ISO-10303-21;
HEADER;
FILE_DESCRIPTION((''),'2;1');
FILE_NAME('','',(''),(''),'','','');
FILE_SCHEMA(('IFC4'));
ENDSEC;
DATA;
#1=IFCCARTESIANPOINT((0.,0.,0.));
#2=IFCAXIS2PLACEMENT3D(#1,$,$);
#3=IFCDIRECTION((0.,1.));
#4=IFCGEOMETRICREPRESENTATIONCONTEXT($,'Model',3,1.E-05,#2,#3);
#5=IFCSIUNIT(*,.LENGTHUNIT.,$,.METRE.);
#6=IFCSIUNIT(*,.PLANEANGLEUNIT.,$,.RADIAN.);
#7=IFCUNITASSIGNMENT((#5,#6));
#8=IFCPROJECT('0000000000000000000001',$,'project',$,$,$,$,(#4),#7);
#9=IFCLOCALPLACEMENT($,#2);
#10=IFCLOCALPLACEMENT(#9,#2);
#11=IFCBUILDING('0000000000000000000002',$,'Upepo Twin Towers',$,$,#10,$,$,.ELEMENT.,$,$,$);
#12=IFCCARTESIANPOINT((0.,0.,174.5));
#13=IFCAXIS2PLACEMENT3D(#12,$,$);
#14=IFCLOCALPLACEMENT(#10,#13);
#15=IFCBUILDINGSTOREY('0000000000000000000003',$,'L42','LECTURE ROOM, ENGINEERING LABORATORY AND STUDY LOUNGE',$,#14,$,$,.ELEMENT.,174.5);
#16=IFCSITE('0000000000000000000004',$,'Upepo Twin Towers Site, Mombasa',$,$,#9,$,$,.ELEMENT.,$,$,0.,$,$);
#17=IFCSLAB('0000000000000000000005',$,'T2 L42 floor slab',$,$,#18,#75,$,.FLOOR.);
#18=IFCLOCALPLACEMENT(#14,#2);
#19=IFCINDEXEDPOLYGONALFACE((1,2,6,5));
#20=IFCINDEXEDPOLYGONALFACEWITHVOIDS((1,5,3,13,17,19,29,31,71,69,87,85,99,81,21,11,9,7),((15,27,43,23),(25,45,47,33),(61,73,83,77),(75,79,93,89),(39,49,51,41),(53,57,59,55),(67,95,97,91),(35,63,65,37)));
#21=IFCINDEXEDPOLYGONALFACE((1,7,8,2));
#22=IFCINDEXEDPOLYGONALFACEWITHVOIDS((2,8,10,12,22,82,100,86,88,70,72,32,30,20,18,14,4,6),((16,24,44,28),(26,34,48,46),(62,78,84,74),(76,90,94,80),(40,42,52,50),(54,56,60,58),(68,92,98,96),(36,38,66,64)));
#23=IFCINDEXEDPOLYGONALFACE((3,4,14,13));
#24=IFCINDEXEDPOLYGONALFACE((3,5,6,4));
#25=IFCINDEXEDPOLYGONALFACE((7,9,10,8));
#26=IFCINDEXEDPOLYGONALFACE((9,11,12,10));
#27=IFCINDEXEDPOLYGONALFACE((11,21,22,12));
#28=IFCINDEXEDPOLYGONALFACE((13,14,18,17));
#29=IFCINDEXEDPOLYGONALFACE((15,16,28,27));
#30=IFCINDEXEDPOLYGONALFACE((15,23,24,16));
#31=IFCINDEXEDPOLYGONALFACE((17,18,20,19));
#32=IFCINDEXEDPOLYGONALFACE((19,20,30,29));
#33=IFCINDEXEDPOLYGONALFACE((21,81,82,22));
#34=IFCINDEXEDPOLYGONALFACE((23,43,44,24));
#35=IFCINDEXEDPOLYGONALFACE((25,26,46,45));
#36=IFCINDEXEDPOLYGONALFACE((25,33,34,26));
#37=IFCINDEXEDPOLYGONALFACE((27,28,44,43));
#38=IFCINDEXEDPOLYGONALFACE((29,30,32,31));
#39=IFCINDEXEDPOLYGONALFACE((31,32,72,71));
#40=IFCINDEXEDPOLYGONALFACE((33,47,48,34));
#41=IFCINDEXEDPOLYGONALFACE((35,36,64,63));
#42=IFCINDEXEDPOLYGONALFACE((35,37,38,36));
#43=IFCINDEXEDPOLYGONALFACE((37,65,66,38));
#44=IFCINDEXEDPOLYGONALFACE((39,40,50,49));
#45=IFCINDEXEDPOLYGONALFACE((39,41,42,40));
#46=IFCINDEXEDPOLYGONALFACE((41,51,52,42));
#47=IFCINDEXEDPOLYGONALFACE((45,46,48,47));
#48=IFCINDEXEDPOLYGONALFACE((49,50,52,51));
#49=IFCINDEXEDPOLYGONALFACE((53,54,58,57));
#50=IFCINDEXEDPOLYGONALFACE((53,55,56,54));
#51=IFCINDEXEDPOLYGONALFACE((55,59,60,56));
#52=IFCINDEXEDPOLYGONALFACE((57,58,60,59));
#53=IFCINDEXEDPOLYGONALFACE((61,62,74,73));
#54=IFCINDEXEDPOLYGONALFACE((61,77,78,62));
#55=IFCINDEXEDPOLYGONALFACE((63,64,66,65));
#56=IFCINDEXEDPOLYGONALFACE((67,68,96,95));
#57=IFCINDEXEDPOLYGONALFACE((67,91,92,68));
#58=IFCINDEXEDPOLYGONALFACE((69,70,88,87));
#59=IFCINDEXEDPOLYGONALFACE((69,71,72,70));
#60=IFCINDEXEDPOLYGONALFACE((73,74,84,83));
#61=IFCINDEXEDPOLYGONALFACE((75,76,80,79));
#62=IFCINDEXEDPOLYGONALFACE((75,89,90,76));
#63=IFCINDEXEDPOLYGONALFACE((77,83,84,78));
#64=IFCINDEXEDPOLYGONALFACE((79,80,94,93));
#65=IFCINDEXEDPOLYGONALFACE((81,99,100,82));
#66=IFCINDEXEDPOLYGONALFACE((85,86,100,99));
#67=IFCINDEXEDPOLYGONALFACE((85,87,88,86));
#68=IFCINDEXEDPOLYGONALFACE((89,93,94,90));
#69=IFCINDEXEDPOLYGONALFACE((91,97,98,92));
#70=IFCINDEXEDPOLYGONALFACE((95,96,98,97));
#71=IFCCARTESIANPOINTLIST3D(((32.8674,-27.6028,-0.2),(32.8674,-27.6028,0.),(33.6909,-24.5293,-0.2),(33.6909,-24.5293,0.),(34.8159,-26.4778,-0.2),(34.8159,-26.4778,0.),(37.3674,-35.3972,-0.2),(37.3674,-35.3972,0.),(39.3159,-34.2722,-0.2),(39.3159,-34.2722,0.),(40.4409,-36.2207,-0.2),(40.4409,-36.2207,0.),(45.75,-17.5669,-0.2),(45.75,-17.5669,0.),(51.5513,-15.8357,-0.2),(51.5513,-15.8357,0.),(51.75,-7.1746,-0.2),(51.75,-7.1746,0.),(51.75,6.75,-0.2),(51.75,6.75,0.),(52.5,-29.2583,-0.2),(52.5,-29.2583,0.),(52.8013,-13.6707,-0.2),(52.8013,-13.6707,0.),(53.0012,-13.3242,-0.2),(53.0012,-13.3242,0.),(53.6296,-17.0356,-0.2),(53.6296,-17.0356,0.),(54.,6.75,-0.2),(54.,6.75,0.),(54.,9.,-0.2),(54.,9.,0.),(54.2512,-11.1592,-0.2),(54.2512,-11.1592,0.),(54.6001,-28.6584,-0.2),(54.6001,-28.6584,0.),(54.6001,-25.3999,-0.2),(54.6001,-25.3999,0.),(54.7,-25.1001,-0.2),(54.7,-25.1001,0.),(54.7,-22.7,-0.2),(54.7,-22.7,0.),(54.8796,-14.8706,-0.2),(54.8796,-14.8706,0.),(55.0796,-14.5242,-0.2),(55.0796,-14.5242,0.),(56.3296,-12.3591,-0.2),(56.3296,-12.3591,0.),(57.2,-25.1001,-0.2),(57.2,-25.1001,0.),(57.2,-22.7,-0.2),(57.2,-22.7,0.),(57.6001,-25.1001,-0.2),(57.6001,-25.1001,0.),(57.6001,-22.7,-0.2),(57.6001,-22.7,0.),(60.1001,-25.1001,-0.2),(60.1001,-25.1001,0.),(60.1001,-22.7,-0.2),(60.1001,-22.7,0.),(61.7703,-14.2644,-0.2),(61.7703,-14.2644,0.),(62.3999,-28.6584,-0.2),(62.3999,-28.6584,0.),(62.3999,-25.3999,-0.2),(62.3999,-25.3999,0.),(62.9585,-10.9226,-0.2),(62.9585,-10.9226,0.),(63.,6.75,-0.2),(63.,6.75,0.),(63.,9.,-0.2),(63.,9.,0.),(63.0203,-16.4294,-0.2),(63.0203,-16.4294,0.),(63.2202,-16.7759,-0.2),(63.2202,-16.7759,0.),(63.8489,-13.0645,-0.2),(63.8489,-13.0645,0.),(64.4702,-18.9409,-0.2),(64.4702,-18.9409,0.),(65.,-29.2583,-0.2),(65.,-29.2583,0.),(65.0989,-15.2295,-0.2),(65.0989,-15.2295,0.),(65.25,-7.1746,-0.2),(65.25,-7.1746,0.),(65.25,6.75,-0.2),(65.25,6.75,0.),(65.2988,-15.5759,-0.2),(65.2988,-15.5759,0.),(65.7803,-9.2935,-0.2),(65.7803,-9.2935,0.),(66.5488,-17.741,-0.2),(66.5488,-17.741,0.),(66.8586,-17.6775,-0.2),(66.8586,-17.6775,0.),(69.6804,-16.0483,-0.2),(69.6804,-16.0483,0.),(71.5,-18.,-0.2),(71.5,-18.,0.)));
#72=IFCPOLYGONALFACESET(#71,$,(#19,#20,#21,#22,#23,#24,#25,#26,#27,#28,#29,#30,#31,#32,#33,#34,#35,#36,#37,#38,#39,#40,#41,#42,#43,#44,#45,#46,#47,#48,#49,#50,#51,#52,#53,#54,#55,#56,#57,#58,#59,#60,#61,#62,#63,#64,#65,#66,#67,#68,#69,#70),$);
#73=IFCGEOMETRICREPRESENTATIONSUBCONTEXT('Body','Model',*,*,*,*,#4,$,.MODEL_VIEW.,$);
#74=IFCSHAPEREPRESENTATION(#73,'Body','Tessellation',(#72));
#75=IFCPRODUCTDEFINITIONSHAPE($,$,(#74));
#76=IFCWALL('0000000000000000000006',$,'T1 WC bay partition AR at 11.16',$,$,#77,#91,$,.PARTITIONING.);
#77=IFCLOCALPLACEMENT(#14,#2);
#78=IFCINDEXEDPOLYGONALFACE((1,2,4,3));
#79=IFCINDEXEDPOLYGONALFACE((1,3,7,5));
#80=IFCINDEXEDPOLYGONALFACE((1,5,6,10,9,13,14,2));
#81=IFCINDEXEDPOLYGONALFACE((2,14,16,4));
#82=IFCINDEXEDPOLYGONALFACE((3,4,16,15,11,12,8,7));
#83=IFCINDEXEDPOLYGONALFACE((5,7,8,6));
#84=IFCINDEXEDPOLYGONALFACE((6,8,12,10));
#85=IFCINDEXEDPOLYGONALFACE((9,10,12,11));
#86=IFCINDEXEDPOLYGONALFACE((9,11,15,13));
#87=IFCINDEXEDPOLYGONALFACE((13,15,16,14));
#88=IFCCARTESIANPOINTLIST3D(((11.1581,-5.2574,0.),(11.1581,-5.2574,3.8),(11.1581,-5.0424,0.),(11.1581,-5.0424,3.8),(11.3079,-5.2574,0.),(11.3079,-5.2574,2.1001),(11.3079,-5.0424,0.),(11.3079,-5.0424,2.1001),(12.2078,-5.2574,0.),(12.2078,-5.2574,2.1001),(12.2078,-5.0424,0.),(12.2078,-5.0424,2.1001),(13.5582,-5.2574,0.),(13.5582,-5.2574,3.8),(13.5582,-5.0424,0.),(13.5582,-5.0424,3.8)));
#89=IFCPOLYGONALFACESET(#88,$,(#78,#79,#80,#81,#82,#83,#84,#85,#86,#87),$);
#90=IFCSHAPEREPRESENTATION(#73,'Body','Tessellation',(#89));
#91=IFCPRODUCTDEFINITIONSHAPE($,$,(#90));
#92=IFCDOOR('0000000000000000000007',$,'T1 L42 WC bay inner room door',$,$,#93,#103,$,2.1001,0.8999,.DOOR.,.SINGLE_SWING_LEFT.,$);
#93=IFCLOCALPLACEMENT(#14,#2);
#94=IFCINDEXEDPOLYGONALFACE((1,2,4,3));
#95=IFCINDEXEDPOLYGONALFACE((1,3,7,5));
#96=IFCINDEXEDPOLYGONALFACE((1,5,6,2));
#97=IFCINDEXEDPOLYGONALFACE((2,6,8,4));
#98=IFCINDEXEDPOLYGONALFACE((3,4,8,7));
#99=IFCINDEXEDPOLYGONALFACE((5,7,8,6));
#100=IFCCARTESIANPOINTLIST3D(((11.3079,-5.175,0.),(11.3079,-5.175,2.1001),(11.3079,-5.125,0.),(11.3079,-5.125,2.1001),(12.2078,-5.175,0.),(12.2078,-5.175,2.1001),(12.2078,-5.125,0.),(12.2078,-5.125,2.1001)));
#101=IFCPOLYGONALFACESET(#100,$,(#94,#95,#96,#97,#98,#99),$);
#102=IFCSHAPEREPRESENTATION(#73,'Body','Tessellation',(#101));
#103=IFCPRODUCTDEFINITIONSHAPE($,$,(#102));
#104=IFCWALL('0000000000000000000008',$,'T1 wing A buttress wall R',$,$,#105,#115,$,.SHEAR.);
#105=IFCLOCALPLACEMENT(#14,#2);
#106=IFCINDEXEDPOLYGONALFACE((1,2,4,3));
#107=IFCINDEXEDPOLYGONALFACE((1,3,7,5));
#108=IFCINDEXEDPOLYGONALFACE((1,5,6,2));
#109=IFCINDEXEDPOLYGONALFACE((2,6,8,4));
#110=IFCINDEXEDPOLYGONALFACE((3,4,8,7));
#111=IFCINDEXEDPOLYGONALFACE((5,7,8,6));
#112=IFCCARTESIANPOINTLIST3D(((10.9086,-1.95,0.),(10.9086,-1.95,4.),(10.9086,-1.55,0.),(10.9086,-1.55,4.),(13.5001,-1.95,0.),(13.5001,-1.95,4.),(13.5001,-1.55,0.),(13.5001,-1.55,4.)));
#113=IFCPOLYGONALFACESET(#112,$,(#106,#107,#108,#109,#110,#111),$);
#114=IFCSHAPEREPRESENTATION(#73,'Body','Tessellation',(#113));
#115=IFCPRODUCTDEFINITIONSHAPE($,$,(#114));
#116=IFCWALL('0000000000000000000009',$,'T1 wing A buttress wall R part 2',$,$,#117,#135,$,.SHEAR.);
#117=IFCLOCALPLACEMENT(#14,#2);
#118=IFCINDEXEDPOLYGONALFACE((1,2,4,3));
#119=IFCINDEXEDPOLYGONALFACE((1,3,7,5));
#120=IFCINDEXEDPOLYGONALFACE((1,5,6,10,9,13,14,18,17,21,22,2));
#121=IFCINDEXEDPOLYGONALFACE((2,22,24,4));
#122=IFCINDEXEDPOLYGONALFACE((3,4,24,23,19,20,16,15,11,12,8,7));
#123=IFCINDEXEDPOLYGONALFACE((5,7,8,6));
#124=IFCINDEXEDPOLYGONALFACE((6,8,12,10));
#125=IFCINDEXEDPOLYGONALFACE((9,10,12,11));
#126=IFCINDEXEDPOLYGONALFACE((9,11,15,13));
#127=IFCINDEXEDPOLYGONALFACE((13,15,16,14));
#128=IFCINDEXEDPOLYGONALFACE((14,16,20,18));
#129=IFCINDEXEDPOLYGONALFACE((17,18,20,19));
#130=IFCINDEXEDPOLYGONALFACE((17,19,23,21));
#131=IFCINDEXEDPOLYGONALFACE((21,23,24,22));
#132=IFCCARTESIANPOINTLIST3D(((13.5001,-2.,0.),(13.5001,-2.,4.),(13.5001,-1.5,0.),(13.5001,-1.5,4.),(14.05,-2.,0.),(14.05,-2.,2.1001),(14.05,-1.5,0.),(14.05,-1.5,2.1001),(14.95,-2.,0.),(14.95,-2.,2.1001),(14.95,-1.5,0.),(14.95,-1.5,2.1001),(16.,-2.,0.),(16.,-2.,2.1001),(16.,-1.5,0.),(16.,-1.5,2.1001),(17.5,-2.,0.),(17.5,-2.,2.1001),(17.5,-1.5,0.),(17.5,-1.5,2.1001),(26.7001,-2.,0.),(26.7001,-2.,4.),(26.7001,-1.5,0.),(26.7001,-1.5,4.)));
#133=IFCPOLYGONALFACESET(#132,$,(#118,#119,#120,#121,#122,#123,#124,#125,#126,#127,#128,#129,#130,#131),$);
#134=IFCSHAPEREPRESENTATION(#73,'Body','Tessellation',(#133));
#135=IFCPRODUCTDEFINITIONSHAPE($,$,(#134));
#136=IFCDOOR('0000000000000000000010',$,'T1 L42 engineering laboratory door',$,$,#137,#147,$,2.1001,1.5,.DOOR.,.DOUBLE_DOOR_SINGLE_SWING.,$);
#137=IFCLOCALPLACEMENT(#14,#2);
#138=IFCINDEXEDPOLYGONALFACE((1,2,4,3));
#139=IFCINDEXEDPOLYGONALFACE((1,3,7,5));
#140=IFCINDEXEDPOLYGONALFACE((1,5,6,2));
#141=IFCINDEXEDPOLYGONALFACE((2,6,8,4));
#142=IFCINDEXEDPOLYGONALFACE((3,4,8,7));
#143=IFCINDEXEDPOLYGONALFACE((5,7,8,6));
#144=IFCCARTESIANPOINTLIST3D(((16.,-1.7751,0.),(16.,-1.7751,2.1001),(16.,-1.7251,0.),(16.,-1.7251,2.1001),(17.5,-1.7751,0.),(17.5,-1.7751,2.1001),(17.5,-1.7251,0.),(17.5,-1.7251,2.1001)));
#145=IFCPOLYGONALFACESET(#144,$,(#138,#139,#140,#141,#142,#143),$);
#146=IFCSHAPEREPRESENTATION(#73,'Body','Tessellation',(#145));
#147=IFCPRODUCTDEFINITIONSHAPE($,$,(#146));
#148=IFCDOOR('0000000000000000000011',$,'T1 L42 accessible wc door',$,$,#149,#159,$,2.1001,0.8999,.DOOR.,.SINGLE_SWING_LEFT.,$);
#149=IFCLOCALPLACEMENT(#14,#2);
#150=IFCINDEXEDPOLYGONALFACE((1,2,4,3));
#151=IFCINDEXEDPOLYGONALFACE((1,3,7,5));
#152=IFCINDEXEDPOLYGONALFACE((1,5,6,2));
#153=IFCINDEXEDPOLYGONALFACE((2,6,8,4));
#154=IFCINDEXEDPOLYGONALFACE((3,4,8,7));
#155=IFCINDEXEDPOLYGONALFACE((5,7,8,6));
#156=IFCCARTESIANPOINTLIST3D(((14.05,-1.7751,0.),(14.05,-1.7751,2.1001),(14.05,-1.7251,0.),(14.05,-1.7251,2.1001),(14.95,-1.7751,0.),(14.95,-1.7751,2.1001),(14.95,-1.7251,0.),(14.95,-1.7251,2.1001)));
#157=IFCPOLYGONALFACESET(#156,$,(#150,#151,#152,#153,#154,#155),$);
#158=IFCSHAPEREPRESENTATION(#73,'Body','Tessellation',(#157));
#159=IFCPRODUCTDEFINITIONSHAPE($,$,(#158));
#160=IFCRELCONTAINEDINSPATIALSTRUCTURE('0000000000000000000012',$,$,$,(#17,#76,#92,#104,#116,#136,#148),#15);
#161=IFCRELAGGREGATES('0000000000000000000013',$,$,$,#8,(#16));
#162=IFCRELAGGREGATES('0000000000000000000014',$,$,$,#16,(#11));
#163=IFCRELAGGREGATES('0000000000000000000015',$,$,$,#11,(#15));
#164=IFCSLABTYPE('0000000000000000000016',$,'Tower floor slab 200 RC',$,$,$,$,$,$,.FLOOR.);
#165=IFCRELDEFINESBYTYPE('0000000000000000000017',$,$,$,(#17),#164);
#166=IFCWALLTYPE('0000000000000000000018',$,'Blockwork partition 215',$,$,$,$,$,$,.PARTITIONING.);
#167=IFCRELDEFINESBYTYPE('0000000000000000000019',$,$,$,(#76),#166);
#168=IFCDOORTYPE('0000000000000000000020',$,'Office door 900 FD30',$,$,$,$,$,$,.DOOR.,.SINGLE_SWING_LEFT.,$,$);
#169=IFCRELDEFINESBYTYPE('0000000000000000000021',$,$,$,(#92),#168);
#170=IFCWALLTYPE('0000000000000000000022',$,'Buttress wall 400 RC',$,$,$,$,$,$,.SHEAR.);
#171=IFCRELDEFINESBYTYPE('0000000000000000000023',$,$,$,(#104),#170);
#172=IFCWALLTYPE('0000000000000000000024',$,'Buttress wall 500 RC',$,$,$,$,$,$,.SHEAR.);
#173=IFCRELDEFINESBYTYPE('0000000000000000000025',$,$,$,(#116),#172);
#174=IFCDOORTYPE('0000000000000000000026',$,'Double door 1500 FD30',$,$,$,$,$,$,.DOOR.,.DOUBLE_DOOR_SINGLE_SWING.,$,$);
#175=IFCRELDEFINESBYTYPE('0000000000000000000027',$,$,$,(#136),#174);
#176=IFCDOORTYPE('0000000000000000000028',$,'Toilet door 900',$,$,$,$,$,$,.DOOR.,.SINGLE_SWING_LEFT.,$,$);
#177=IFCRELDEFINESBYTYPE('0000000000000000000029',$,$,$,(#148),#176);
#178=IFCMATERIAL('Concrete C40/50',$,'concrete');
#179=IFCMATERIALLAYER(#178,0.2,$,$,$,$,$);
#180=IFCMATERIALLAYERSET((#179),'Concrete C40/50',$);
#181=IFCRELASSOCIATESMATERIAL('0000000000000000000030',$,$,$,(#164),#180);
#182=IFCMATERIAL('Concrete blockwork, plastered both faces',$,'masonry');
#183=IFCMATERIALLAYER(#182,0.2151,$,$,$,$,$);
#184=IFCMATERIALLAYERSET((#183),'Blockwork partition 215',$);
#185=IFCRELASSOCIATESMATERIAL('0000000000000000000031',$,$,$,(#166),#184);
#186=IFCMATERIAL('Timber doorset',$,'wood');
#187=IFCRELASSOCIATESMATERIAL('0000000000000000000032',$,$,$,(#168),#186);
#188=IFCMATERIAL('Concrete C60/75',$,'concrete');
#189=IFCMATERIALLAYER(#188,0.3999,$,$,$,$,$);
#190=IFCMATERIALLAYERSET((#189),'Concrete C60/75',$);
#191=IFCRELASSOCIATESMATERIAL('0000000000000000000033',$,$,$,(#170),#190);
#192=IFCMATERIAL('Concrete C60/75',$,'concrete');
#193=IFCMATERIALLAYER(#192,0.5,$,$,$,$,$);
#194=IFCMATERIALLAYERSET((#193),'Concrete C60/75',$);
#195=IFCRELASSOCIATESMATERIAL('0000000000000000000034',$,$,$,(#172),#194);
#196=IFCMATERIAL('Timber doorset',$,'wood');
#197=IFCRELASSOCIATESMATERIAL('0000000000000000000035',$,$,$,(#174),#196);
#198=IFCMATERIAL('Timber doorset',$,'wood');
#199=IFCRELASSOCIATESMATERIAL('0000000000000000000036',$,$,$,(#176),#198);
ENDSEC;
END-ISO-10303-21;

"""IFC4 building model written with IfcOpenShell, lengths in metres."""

from ifc_helpers import new_model, si_unit, direction, frame, frame_2d, origin, place, context, subcontext, project, spatial, polyline, rectangle, outline, extrude, material, layer, layer_set, type_object, element, fill, save


model = new_model("IFC4")

# Units and contexts
model_context = context("Model", 3, precision=1e-05, world=origin(), true_north=direction((0.0, 1.0)))
body_context = subcontext(model_context, "Body", "Model", "MODEL_VIEW")
ifc_project = project(units=[si_unit("LENGTHUNIT", "METRE"), si_unit("PLANEANGLEUNIT", "RADIAN")], contexts=[model_context])

# Site, building, storey
site_placement = place(None, origin())
site = spatial("IfcSite", under=ifc_project, at=site_placement, Name="Upepo Twin Towers Site, Mombasa", CompositionType="ELEMENT", RefElevation=0.0)
building_placement = place(site_placement, origin())
building = spatial("IfcBuilding", under=site, at=building_placement, Name="Upepo Twin Towers", CompositionType="ELEMENT")
storey_placement = place(building_placement, frame((0.0, 0.0, 174.5)))
storey = spatial("IfcBuildingStorey", under=building, at=storey_placement, Name="L42", Description="LECTURE ROOM, ENGINEERING LABORATORY AND STUDY LOUNGE", CompositionType="ELEMENT", Elevation=174.5)

# Slab
ifc_material_1 = material(Name="Concrete C40/50", Category="concrete")
ifc_layer_1 = layer(ifc_material_1, 0.2)
ifc_layer_set_1 = layer_set([ifc_layer_1], Name="Concrete C40/50")
slab_type_1 = type_object("IfcSlabType", Name="Tower floor slab 200 RC", PredefinedType="FLOOR", material=ifc_layer_set_1)
slab_1_placement = place(storey_placement, frame((0.0, 0.0, -0.2)))
element("IfcSlab", 1, at=slab_1_placement, inside=storey, type_object=slab_type_1, Name="T2 L42 floor slab", PredefinedType="FLOOR", context=body_context, shape_type="SweptSolid", body=[
    extrude(outline(polyline([(51.75, -7.1746), (51.75, 6.75), (54.0, 6.75), (54.0, 9.0), (63.0, 9.0), (63.0, 6.75), (65.25, 6.75), (65.25, -7.1746), (71.5, -18.0), (65.0, -29.2583), (52.5, -29.2583), (40.4409, -36.2207), (39.3159, -34.2722), (37.3674, -35.3972), (32.8674, -27.6028), (34.8159, -26.4778), (33.6909, -24.5293), (45.75, -17.5669), (51.75, -7.1746)]), holes=[polyline([(56.3296, -12.3591), (54.2512, -11.1592), (53.0012, -13.3242), (55.0796, -14.5242), (56.3296, -12.3591)]), polyline([(54.8796, -14.8706), (52.8013, -13.6707), (51.5513, -15.8357), (53.6296, -17.0356), (54.8796, -14.8706)]), polyline([(54.7, -22.7), (54.7, -25.1001), (57.2, -25.1001), (57.2, -22.7), (54.7, -22.7)]), polyline([(57.6001, -22.7), (57.6001, -25.1001), (60.1001, -25.1001), (60.1001, -22.7), (57.6001, -22.7)]), polyline([(54.6001, -25.3999), (54.6001, -28.6584), (62.3999, -28.6584), (62.3999, -25.3999), (54.6001, -25.3999)]), polyline([(64.4702, -18.9409), (66.5488, -17.741), (65.2988, -15.5759), (63.2202, -16.7759), (64.4702, -18.9409)]), polyline([(63.0203, -16.4294), (65.0989, -15.2295), (63.8489, -13.0645), (61.7703, -14.2644), (63.0203, -16.4294)]), polyline([(66.8586, -17.6775), (69.6804, -16.0483), (65.7803, -9.2935), (62.9585, -10.9226), (66.8586, -17.6775)])]), origin(), (0.0, 0.0, 1.0), 0.2),
])

# Wall, opening, door
ifc_material_2 = material(Name="Concrete blockwork, plastered both faces", Category="masonry")
ifc_layer_2 = layer(ifc_material_2, 0.2151)
ifc_layer_set_2 = layer_set([ifc_layer_2], Name="Blockwork partition 215")
wall_type_1 = type_object("IfcWallType", Name="Blockwork partition 215", PredefinedType="PARTITIONING", material=ifc_layer_set_2)
wall_1_placement = place(storey_placement, frame((11.158, -5.1499, 0.0), z_axis=(0.0, 0.0, 1.0), x_axis=(1.0, 0.0, 0.0)))
wall_1 = element("IfcWall", 2, at=wall_1_placement, inside=storey, type_object=wall_type_1, Name="T1 WC bay partition AR at 11.16", PredefinedType="PARTITIONING", context=body_context, shape_type="SweptSolid", body=[
    extrude(rectangle(XDim=2.4001, YDim=0.2151, at=frame_2d((1.2002, 0.0))), origin(), (0.0, 0.0, 1.0), 3.8),
])
opening_1_placement = place(wall_1_placement, frame((0.1499, 0.0, 0.0)))
opening_1 = element("IfcOpeningElement", 3, at=opening_1_placement, cuts=wall_1, PredefinedType="OPENING", context=body_context, shape_type="SweptSolid", body=[
    extrude(rectangle(XDim=0.8999, YDim=2.1001, at=frame_2d((0.45, 1.05))), frame((0.0, 0.1174, 0.0), z_axis=(0.0, -1.0, 0.0), x_axis=(1.0, 0.0, 0.0)), (0.0, 0.0, 1.0), 0.2351),
])
ifc_material_3 = material(Name="Timber doorset", Category="wood")
door_type_1 = type_object("IfcDoorType", Name="Office door 900 FD30", OperationType="SINGLE_SWING_LEFT", PredefinedType="DOOR", material=ifc_material_3)
door_1_placement = place(opening_1_placement, origin())
door_1 = element("IfcDoor", 4, at=door_1_placement, inside=storey, type_object=door_type_1, Name="T1 L42 WC bay inner room door", OperationType="SINGLE_SWING_LEFT", OverallHeight=2.1001, OverallWidth=0.8999, PredefinedType="DOOR", context=body_context, shape_type="SweptSolid", body=[
    extrude(rectangle(XDim=0.8999, YDim=2.1001, at=frame_2d((0.45, 1.05))), frame((0.0, 0.0249, 0.0), z_axis=(0.0, -1.0, 0.0), x_axis=(1.0, 0.0, 0.0)), (0.0, 0.0, 1.0), 0.05),
])
fill(opening_1, door_1)

# Wall
ifc_material_4 = material(Name="Concrete C60/75", Category="concrete")
ifc_layer_3 = layer(ifc_material_4, 0.3999)
ifc_layer_set_3 = layer_set([ifc_layer_3], Name="Concrete C60/75")
wall_type_2 = type_object("IfcWallType", Name="Buttress wall 400 RC", PredefinedType="SHEAR", material=ifc_layer_set_3)
wall_2_placement = place(storey_placement, frame((10.9084, -1.75, 0.0), z_axis=(0.0, 0.0, 1.0), x_axis=(1.0, 0.0, 0.0)))
element("IfcWall", 5, at=wall_2_placement, inside=storey, type_object=wall_type_2, Name="T1 wing A buttress wall R", PredefinedType="SHEAR", context=body_context, shape_type="SweptSolid", body=[
    extrude(rectangle(XDim=2.5916, YDim=0.3999, at=frame_2d((1.2959, 0.0))), origin(), (0.0, 0.0, 1.0), 4.0),
])

# Wall, openings, doors
ifc_material_5 = material(Name="Concrete C60/75", Category="concrete")
ifc_layer_4 = layer(ifc_material_5, 0.5)
ifc_layer_set_4 = layer_set([ifc_layer_4], Name="Concrete C60/75")
wall_type_3 = type_object("IfcWallType", Name="Buttress wall 500 RC", PredefinedType="SHEAR", material=ifc_layer_set_4)
wall_3_placement = place(storey_placement, frame((13.5, -1.75, 0.0), z_axis=(0.0, 0.0, 1.0), x_axis=(1.0, 0.0, 0.0)))
wall_3 = element("IfcWall", 6, at=wall_3_placement, inside=storey, type_object=wall_type_3, Name="T1 wing A buttress wall R part 2", PredefinedType="SHEAR", context=body_context, shape_type="SweptSolid", body=[
    extrude(rectangle(XDim=13.2, YDim=0.5, at=frame_2d((6.6001, 0.0))), origin(), (0.0, 0.0, 1.0), 4.0),
])
opening_2_placement = place(wall_3_placement, frame((0.55, 0.0, 0.0)))
opening_2 = element("IfcOpeningElement", 7, at=opening_2_placement, cuts=wall_3, PredefinedType="OPENING", context=body_context, shape_type="SweptSolid", body=[
    extrude(rectangle(XDim=0.8999, YDim=2.1001, at=frame_2d((0.45, 1.05))), frame((0.0, 0.26, 0.0), z_axis=(0.0, -1.0, 0.0), x_axis=(1.0, 0.0, 0.0)), (0.0, 0.0, 1.0), 0.52),
])
opening_3_placement = place(wall_3_placement, frame((2.5, 0.0, 0.0)))
opening_3 = element("IfcOpeningElement", 8, at=opening_3_placement, cuts=wall_3, PredefinedType="OPENING", context=body_context, shape_type="SweptSolid", body=[
    extrude(rectangle(XDim=1.5, YDim=2.1001, at=frame_2d((0.75, 1.05))), frame((0.0, 0.26, 0.0), z_axis=(0.0, -1.0, 0.0), x_axis=(1.0, 0.0, 0.0)), (0.0, 0.0, 1.0), 0.52),
])
ifc_material_6 = material(Name="Timber doorset", Category="wood")
door_type_2 = type_object("IfcDoorType", Name="Double door 1500 FD30", OperationType="DOUBLE_DOOR_SINGLE_SWING", PredefinedType="DOOR", material=ifc_material_6)
door_2_placement = place(opening_3_placement, origin())
door_2 = element("IfcDoor", 9, at=door_2_placement, inside=storey, type_object=door_type_2, Name="T1 L42 engineering laboratory door", OperationType="DOUBLE_DOOR_SINGLE_SWING", OverallHeight=2.1001, OverallWidth=1.5, PredefinedType="DOOR", context=body_context, shape_type="SweptSolid", body=[
    extrude(rectangle(XDim=1.5, YDim=2.1001, at=frame_2d((0.75, 1.05))), frame((0.0, 0.0249, 0.0), z_axis=(0.0, -1.0, 0.0), x_axis=(1.0, 0.0, 0.0)), (0.0, 0.0, 1.0), 0.05),
])
fill(opening_3, door_2)
ifc_material_7 = material(Name="Timber doorset", Category="wood")
door_type_3 = type_object("IfcDoorType", Name="Toilet door 900", OperationType="SINGLE_SWING_LEFT", PredefinedType="DOOR", material=ifc_material_7)
door_3_placement = place(opening_2_placement, origin())
door_3 = element("IfcDoor", 10, at=door_3_placement, inside=storey, type_object=door_type_3, Name="T1 L42 accessible wc door", OperationType="SINGLE_SWING_LEFT", OverallHeight=2.1001, OverallWidth=0.8999, PredefinedType="DOOR", context=body_context, shape_type="SweptSolid", body=[
    extrude(rectangle(XDim=0.8999, YDim=2.1001, at=frame_2d((0.45, 1.05))), frame((0.0, 0.0249, 0.0), z_axis=(0.0, -1.0, 0.0), x_axis=(1.0, 0.0, 0.0)), (0.0, 0.0, 1.0), 0.05),
])
fill(opening_2, door_3)

save(model, "model.ifc")
